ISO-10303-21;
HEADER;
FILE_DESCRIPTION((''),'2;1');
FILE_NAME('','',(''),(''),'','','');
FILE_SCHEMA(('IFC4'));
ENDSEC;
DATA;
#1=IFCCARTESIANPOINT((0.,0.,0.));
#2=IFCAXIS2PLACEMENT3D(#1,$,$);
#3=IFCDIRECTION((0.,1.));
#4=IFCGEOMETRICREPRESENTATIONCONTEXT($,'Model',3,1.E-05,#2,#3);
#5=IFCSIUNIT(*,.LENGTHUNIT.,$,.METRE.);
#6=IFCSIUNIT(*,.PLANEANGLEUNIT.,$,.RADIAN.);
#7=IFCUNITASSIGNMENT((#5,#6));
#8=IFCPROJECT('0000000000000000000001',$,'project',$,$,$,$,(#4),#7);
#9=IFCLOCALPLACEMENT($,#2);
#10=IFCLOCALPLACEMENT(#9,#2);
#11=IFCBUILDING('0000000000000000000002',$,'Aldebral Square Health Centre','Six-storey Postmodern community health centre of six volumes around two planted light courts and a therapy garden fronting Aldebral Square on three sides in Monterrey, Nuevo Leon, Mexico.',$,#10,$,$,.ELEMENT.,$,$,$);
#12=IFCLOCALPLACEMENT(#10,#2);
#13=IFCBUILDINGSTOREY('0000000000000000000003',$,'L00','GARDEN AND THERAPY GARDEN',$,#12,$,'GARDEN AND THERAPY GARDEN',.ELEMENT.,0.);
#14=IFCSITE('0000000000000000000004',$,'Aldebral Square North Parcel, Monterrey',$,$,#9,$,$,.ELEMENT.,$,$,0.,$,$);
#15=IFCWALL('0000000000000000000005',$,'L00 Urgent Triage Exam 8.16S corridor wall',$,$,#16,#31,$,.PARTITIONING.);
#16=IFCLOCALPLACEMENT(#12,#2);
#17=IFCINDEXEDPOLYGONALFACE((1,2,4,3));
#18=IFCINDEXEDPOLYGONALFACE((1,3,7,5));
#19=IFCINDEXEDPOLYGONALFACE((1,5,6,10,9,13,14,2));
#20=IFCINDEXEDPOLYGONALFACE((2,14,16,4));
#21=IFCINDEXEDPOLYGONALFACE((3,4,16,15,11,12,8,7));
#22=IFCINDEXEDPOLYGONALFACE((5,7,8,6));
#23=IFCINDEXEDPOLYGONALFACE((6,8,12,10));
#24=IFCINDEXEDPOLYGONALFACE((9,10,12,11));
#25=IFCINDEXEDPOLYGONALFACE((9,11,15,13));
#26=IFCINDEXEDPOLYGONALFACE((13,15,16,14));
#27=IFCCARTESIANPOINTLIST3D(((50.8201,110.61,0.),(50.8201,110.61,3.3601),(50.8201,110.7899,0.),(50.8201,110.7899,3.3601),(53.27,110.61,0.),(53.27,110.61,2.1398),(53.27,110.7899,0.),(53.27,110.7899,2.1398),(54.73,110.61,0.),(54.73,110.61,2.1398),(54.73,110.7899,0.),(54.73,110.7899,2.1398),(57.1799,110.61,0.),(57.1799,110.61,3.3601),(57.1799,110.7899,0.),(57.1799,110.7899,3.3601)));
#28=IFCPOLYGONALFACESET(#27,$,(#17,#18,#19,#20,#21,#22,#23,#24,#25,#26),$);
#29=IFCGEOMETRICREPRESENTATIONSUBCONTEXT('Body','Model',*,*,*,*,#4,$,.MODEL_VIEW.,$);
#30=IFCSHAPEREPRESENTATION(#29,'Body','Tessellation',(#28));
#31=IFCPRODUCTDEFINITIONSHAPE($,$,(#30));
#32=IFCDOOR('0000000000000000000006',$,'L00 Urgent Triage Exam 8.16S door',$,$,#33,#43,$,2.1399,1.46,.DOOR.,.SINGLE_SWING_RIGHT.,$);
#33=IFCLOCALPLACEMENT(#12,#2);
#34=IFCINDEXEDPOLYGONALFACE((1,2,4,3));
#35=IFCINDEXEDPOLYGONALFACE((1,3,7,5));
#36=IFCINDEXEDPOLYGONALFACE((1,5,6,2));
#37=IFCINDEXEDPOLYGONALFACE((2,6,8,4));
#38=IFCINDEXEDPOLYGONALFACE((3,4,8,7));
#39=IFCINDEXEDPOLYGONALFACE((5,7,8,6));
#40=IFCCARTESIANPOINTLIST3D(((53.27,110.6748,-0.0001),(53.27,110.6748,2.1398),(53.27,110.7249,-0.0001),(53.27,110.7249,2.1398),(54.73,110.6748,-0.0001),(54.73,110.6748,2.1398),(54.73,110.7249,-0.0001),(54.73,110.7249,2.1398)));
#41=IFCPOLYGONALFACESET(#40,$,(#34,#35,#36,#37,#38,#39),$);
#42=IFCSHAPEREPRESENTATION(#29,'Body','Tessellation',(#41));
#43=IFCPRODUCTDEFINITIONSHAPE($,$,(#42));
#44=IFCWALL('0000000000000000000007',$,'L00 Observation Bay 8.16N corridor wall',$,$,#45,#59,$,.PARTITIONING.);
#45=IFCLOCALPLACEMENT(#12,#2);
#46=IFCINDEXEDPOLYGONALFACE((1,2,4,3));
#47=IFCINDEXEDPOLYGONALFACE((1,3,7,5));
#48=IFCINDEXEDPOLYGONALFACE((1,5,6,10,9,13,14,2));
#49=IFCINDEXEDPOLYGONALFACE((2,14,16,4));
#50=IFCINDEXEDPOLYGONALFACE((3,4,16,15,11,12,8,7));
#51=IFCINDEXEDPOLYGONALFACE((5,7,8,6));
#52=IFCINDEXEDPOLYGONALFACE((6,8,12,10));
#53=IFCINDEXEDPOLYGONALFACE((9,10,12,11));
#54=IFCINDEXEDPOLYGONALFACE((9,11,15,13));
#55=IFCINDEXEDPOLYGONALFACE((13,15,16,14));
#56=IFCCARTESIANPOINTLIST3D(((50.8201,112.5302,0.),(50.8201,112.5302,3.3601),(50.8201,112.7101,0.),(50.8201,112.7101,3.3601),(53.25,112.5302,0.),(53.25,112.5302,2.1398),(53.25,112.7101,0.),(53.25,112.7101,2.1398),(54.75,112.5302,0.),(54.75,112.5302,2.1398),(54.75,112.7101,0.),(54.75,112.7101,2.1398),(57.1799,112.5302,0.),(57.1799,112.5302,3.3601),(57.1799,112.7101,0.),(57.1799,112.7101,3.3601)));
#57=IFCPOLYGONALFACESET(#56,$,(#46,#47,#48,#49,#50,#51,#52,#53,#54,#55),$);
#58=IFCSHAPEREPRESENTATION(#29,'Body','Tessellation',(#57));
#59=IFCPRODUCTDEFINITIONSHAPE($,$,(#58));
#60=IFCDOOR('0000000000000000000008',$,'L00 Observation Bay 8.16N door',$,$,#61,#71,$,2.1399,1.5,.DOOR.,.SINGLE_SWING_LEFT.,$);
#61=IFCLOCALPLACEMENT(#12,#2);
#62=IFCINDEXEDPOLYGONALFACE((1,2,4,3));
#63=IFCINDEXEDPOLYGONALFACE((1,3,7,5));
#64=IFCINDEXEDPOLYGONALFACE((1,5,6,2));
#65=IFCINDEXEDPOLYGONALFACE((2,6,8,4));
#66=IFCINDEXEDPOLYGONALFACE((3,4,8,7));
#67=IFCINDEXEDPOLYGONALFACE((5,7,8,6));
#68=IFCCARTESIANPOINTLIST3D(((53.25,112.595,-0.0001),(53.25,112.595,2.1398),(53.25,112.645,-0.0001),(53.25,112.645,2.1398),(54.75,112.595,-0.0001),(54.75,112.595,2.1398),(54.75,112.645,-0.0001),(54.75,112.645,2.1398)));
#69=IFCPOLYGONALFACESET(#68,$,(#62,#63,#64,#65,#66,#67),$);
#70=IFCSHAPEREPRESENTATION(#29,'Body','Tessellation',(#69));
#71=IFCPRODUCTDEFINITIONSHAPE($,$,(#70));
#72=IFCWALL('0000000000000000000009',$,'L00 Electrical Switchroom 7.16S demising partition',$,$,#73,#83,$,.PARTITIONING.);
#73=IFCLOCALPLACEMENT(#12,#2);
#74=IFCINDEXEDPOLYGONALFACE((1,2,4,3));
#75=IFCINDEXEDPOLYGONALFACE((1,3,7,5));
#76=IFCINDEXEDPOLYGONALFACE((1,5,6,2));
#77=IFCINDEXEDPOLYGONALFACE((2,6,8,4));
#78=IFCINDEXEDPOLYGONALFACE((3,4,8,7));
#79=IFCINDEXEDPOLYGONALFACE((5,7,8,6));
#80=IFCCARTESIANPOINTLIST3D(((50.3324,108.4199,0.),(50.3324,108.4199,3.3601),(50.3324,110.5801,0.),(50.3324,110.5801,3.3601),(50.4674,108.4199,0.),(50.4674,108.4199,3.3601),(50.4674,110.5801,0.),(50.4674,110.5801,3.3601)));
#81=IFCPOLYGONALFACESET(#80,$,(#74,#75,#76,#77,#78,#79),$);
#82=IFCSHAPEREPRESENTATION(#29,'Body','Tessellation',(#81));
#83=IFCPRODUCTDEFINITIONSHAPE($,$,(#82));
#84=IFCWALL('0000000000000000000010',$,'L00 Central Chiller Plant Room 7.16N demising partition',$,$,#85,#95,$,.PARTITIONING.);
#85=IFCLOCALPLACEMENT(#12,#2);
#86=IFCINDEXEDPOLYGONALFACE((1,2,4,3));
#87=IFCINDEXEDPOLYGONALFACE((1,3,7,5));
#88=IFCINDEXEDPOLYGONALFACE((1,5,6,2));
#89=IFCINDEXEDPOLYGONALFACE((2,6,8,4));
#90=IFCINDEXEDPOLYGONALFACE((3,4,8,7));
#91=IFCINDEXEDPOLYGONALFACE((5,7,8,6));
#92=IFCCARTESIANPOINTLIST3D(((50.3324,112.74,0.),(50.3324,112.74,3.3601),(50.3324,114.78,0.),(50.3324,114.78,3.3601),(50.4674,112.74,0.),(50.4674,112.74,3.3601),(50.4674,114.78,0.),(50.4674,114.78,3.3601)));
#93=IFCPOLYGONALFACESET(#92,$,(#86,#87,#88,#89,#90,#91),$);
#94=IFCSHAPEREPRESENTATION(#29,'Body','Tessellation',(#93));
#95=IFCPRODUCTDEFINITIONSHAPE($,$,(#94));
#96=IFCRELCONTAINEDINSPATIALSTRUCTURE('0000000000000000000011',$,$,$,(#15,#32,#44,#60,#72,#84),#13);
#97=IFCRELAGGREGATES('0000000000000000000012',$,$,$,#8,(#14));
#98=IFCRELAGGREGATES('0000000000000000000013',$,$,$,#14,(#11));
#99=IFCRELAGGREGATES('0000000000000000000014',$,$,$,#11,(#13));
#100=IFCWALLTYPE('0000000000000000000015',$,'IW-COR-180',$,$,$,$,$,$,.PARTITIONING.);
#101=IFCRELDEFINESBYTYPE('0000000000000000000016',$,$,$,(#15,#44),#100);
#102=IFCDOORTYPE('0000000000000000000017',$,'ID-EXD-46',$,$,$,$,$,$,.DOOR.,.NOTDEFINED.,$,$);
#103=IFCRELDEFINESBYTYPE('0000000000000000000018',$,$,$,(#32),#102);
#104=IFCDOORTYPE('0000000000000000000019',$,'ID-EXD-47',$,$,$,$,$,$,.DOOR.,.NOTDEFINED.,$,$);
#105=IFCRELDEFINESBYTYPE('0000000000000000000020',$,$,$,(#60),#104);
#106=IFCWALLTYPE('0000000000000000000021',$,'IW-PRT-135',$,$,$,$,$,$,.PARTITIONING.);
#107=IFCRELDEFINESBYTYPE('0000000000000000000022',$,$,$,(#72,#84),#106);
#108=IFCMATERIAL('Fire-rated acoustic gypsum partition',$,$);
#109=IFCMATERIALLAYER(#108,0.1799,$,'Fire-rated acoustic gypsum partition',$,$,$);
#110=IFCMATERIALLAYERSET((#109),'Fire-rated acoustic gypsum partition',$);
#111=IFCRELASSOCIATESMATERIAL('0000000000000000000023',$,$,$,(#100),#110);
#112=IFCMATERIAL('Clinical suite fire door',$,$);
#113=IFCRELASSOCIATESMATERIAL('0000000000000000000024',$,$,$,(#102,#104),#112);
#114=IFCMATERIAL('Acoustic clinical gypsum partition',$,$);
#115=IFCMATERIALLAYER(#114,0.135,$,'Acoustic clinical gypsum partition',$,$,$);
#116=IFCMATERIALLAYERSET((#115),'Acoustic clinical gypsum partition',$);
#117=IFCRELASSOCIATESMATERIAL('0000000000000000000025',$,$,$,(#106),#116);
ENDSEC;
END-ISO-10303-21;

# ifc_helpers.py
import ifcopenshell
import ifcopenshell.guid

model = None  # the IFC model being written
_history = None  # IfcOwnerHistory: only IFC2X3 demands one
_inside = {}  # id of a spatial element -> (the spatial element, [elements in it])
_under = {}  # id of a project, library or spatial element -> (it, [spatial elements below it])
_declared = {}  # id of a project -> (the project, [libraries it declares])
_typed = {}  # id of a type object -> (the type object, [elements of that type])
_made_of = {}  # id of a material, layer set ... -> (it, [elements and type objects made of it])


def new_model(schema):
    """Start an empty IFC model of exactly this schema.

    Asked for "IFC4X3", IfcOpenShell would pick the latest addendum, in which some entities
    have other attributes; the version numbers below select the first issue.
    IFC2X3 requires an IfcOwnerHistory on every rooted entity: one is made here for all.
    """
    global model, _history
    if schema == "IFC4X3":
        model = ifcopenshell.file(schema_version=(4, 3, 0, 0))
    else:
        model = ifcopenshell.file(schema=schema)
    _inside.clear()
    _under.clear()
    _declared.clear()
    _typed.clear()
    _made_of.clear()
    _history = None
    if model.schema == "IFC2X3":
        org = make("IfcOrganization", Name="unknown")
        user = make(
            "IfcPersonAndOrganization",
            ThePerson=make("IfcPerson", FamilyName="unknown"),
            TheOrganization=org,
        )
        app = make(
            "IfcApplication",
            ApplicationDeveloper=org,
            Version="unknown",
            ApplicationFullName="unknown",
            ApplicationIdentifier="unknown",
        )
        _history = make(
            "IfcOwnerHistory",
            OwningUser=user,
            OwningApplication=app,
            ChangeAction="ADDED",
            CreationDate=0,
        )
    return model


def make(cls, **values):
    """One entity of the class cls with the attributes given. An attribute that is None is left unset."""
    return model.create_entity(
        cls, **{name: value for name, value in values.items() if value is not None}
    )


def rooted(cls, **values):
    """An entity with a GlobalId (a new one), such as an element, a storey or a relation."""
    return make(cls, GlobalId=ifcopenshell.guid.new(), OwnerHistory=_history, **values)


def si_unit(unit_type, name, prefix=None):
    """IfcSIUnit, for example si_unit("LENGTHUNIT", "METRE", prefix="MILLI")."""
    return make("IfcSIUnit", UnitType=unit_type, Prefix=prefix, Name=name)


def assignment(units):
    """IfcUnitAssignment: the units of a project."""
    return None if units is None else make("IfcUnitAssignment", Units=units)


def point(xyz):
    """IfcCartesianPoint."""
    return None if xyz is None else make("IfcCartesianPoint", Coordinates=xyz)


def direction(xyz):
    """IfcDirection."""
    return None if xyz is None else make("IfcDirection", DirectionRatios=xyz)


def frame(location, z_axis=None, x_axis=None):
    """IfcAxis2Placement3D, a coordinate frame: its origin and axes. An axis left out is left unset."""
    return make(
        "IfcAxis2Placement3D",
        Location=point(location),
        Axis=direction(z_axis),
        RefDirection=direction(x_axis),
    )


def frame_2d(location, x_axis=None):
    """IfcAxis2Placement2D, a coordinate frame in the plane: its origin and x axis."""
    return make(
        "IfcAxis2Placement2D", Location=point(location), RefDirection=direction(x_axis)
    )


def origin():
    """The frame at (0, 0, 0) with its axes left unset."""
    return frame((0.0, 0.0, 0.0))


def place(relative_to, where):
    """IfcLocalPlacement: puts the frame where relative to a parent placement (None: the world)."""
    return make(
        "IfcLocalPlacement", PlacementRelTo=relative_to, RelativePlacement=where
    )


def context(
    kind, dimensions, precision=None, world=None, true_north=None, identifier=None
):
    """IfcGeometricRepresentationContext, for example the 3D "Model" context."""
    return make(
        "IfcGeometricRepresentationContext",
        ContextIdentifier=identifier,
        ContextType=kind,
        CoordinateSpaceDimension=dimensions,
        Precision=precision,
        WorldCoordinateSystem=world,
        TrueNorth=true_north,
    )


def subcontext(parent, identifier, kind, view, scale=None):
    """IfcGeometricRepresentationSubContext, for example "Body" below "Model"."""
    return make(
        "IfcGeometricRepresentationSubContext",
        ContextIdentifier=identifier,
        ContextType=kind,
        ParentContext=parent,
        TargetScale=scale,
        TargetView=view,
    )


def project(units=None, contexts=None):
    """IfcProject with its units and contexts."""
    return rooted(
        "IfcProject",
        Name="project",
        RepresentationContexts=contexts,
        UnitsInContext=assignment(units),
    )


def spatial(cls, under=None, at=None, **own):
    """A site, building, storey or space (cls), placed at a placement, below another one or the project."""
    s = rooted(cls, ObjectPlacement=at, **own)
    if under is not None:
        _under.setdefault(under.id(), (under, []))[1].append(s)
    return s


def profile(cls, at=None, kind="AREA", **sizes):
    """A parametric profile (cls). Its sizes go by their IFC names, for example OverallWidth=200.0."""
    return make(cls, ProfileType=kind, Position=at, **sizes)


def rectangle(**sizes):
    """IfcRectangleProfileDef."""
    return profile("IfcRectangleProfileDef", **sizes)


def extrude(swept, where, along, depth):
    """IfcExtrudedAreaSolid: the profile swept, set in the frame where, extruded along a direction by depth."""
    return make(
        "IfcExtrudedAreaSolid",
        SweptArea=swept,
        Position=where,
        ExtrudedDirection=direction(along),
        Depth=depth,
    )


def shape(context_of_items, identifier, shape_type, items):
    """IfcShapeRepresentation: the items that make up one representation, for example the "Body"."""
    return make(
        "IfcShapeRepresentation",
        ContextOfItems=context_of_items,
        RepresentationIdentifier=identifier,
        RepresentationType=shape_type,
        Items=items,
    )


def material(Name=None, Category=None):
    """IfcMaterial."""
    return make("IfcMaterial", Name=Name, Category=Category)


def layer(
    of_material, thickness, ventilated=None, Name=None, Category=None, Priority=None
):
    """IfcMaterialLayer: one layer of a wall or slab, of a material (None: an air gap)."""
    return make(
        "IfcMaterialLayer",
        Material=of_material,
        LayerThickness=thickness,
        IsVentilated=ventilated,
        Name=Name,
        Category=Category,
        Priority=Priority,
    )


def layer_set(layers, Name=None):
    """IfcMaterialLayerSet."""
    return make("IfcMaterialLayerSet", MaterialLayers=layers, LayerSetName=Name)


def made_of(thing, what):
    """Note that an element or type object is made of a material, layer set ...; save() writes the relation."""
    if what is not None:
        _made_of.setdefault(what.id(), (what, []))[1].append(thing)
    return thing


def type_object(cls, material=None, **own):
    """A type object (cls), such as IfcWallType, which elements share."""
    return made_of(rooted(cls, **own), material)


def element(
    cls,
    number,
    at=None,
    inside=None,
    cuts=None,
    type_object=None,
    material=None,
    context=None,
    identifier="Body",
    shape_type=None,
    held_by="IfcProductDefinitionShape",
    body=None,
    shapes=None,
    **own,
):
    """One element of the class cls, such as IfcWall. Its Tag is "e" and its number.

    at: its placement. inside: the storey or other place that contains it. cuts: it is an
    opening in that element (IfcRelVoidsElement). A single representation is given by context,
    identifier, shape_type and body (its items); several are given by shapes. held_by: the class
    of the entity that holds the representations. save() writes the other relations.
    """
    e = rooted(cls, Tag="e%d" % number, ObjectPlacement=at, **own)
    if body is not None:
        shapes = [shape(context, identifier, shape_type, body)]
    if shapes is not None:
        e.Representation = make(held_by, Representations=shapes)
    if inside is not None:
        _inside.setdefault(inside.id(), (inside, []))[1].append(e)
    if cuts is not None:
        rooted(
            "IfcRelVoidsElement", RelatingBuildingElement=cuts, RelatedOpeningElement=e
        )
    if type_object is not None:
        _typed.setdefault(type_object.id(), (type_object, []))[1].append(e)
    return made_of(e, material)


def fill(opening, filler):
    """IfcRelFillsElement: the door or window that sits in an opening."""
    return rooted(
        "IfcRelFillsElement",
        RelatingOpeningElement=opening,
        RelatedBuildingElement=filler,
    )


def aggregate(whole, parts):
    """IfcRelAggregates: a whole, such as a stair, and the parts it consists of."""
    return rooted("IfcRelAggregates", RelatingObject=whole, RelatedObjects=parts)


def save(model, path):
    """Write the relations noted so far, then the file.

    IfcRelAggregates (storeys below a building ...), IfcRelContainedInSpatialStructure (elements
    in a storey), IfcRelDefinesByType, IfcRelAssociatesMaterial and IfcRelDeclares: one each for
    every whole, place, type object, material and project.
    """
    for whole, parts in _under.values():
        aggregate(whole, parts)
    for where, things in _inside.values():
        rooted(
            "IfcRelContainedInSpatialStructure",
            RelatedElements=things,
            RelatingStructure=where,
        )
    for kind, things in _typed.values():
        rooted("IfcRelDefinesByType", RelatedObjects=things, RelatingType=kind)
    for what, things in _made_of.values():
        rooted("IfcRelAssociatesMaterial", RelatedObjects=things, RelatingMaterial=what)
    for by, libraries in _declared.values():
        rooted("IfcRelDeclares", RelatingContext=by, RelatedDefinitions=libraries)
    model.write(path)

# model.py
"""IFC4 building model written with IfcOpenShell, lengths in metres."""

from ifc_helpers import new_model, si_unit, direction, frame, frame_2d, origin, place, context, subcontext, project, spatial, rectangle, extrude, material, layer, layer_set, type_object, element, fill, save


model = new_model("IFC4")

# Units and contexts
model_context = context("Model", 3, precision=1e-05, world=origin(), true_north=direction((0.0, 1.0)))
body_context = subcontext(model_context, "Body", "Model", "MODEL_VIEW")
ifc_project = project(units=[si_unit("LENGTHUNIT", "METRE"), si_unit("PLANEANGLEUNIT", "RADIAN")], contexts=[model_context])

# Site, building, storey
site_placement = place(None, origin())
site = spatial("IfcSite", under=ifc_project, at=site_placement, Name="Aldebral Square North Parcel, Monterrey", CompositionType="ELEMENT", RefElevation=0.0)
building_placement = place(site_placement, origin())
building = spatial("IfcBuilding", under=site, at=building_placement, Name="Aldebral Square Health Centre", Description="Six-storey Postmodern community health centre of six volumes around two planted light courts and a therapy garden fronting Aldebral Square on three sides in Monterrey, Nuevo Leon, Mexico.", CompositionType="ELEMENT")
storey_placement = place(building_placement, origin())
storey = spatial("IfcBuildingStorey", under=building, at=storey_placement, Name="L00", Description="GARDEN AND THERAPY GARDEN", LongName="GARDEN AND THERAPY GARDEN", CompositionType="ELEMENT", Elevation=0.0)

# Walls, openings, doors
ifc_material_1 = material(Name="Clinical suite fire door")
ifc_material_2 = material(Name="Fire-rated acoustic gypsum partition")
ifc_layer_1 = layer(ifc_material_2, 0.1799, Name="Fire-rated acoustic gypsum partition")
ifc_layer_set_1 = layer_set([ifc_layer_1], Name="Fire-rated acoustic gypsum partition")
wall_type_1 = type_object("IfcWallType", Name="IW-COR-180", PredefinedType="PARTITIONING", material=ifc_layer_set_1)
wall_1_placement = place(storey_placement, frame((50.8201, 110.7, 0.0), z_axis=(0.0, 0.0, 1.0), x_axis=(1.0, 0.0, 0.0)))
wall_1 = element("IfcWall", 1, at=wall_1_placement, inside=storey, type_object=wall_type_1, Name="L00 Urgent Triage Exam 8.16S corridor wall", PredefinedType="PARTITIONING", context=body_context, shape_type="SweptSolid", body=[
    extrude(rectangle(XDim=6.3599, YDim=0.1799, at=frame_2d((3.1799, 0.0))), origin(), (0.0, 0.0, 1.0), 3.3601),
])
opening_1_placement = place(wall_1_placement, frame((2.45, 0.0, 0.0)))
opening_1 = element("IfcOpeningElement", 2, at=opening_1_placement, cuts=wall_1, PredefinedType="OPENING", context=body_context, shape_type="SweptSolid", body=[
    extrude(rectangle(XDim=1.46, YDim=2.1399, at=frame_2d((0.73, 1.0698))), frame((0.0, 0.1001, 0.0), z_axis=(0.0, -1.0, 0.0), x_axis=(1.0, 0.0, 0.0)), (0.0, 0.0, 1.0), 0.2),
])
door_type_1 = type_object("IfcDoorType", Name="ID-EXD-46", OperationType="NOTDEFINED", PredefinedType="DOOR", material=ifc_material_1)
door_1_placement = place(opening_1_placement, origin())
door_1 = element("IfcDoor", 3, at=door_1_placement, inside=storey, type_object=door_type_1, Name="L00 Urgent Triage Exam 8.16S door", OperationType="SINGLE_SWING_RIGHT", OverallHeight=2.1399, OverallWidth=1.46, PredefinedType="DOOR", context=body_context, shape_type="SweptSolid", body=[
    extrude(rectangle(XDim=1.46, YDim=2.1399, at=frame_2d((0.73, 1.0698))), frame((0.0, 0.0249, 0.0), z_axis=(0.0, -1.0, 0.0), x_axis=(1.0, 0.0, 0.0)), (0.0, 0.0, 1.0), 0.05),
])
fill(opening_1, door_1)
wall_2_placement = place(storey_placement, frame((50.8201, 112.6201, 0.0), z_axis=(0.0, 0.0, 1.0), x_axis=(1.0, 0.0, 0.0)))
wall_2 = element("IfcWall", 4, at=wall_2_placement, inside=storey, type_object=wall_type_1, Name="L00 Observation Bay 8.16N corridor wall", PredefinedType="PARTITIONING", context=body_context, shape_type="SweptSolid", body=[
    extrude(rectangle(XDim=6.3599, YDim=0.1799, at=frame_2d((3.1799, 0.0))), origin(), (0.0, 0.0, 1.0), 3.3601),
])
opening_2_placement = place(wall_2_placement, frame((2.4299, 0.0, 0.0)))
opening_2 = element("IfcOpeningElement", 5, at=opening_2_placement, cuts=wall_2, PredefinedType="OPENING", context=body_context, shape_type="SweptSolid", body=[
    extrude(rectangle(XDim=1.5, YDim=2.1399, at=frame_2d((0.75, 1.0698))), frame((0.0, 0.1001, 0.0), z_axis=(0.0, -1.0, 0.0), x_axis=(1.0, 0.0, 0.0)), (0.0, 0.0, 1.0), 0.2),
])
door_type_2 = type_object("IfcDoorType", Name="ID-EXD-47", OperationType="NOTDEFINED", PredefinedType="DOOR", material=ifc_material_1)
door_2_placement = place(opening_2_placement, origin())
door_2 = element("IfcDoor", 6, at=door_2_placement, inside=storey, type_object=door_type_2, Name="L00 Observation Bay 8.16N door", OperationType="SINGLE_SWING_LEFT", OverallHeight=2.1399, OverallWidth=1.5, PredefinedType="DOOR", context=body_context, shape_type="SweptSolid", body=[
    extrude(rectangle(XDim=1.5, YDim=2.1399, at=frame_2d((0.75, 1.0698))), frame((0.0, 0.0249, 0.0), z_axis=(0.0, -1.0, 0.0), x_axis=(1.0, 0.0, 0.0)), (0.0, 0.0, 1.0), 0.05),
])
fill(opening_2, door_2)

# Walls
ifc_material_3 = material(Name="Acoustic clinical gypsum partition")
ifc_layer_2 = layer(ifc_material_3, 0.135, Name="Acoustic clinical gypsum partition")
ifc_layer_set_2 = layer_set([ifc_layer_2], Name="Acoustic clinical gypsum partition")
wall_type_2 = type_object("IfcWallType", Name="IW-PRT-135", PredefinedType="PARTITIONING", material=ifc_layer_set_2)
wall_3_placement = place(storey_placement, frame((50.3999, 108.4199, 0.0), z_axis=(0.0, 0.0, 1.0), x_axis=(0.0, 1.0, 0.0)))
element("IfcWall", 7, at=wall_3_placement, inside=storey, type_object=wall_type_2, Name="L00 Electrical Switchroom 7.16S demising partition", PredefinedType="PARTITIONING", context=body_context, shape_type="SweptSolid", body=[
    extrude(rectangle(XDim=2.1602, YDim=0.135, at=frame_2d((1.0801, 0.0))), origin(), (0.0, 0.0, 1.0), 3.3601),
])
wall_4_placement = place(storey_placement, frame((50.3999, 112.74, 0.0), z_axis=(0.0, 0.0, 1.0), x_axis=(0.0, 1.0, 0.0)))
element("IfcWall", 8, at=wall_4_placement, inside=storey, type_object=wall_type_2, Name="L00 Central Chiller Plant Room 7.16N demising partition", PredefinedType="PARTITIONING", context=body_context, shape_type="SweptSolid", body=[
    extrude(rectangle(XDim=2.04, YDim=0.135, at=frame_2d((1.02, 0.0))), origin(), (0.0, 0.0, 1.0), 3.3601),
])

save(model, "model.ifc")
